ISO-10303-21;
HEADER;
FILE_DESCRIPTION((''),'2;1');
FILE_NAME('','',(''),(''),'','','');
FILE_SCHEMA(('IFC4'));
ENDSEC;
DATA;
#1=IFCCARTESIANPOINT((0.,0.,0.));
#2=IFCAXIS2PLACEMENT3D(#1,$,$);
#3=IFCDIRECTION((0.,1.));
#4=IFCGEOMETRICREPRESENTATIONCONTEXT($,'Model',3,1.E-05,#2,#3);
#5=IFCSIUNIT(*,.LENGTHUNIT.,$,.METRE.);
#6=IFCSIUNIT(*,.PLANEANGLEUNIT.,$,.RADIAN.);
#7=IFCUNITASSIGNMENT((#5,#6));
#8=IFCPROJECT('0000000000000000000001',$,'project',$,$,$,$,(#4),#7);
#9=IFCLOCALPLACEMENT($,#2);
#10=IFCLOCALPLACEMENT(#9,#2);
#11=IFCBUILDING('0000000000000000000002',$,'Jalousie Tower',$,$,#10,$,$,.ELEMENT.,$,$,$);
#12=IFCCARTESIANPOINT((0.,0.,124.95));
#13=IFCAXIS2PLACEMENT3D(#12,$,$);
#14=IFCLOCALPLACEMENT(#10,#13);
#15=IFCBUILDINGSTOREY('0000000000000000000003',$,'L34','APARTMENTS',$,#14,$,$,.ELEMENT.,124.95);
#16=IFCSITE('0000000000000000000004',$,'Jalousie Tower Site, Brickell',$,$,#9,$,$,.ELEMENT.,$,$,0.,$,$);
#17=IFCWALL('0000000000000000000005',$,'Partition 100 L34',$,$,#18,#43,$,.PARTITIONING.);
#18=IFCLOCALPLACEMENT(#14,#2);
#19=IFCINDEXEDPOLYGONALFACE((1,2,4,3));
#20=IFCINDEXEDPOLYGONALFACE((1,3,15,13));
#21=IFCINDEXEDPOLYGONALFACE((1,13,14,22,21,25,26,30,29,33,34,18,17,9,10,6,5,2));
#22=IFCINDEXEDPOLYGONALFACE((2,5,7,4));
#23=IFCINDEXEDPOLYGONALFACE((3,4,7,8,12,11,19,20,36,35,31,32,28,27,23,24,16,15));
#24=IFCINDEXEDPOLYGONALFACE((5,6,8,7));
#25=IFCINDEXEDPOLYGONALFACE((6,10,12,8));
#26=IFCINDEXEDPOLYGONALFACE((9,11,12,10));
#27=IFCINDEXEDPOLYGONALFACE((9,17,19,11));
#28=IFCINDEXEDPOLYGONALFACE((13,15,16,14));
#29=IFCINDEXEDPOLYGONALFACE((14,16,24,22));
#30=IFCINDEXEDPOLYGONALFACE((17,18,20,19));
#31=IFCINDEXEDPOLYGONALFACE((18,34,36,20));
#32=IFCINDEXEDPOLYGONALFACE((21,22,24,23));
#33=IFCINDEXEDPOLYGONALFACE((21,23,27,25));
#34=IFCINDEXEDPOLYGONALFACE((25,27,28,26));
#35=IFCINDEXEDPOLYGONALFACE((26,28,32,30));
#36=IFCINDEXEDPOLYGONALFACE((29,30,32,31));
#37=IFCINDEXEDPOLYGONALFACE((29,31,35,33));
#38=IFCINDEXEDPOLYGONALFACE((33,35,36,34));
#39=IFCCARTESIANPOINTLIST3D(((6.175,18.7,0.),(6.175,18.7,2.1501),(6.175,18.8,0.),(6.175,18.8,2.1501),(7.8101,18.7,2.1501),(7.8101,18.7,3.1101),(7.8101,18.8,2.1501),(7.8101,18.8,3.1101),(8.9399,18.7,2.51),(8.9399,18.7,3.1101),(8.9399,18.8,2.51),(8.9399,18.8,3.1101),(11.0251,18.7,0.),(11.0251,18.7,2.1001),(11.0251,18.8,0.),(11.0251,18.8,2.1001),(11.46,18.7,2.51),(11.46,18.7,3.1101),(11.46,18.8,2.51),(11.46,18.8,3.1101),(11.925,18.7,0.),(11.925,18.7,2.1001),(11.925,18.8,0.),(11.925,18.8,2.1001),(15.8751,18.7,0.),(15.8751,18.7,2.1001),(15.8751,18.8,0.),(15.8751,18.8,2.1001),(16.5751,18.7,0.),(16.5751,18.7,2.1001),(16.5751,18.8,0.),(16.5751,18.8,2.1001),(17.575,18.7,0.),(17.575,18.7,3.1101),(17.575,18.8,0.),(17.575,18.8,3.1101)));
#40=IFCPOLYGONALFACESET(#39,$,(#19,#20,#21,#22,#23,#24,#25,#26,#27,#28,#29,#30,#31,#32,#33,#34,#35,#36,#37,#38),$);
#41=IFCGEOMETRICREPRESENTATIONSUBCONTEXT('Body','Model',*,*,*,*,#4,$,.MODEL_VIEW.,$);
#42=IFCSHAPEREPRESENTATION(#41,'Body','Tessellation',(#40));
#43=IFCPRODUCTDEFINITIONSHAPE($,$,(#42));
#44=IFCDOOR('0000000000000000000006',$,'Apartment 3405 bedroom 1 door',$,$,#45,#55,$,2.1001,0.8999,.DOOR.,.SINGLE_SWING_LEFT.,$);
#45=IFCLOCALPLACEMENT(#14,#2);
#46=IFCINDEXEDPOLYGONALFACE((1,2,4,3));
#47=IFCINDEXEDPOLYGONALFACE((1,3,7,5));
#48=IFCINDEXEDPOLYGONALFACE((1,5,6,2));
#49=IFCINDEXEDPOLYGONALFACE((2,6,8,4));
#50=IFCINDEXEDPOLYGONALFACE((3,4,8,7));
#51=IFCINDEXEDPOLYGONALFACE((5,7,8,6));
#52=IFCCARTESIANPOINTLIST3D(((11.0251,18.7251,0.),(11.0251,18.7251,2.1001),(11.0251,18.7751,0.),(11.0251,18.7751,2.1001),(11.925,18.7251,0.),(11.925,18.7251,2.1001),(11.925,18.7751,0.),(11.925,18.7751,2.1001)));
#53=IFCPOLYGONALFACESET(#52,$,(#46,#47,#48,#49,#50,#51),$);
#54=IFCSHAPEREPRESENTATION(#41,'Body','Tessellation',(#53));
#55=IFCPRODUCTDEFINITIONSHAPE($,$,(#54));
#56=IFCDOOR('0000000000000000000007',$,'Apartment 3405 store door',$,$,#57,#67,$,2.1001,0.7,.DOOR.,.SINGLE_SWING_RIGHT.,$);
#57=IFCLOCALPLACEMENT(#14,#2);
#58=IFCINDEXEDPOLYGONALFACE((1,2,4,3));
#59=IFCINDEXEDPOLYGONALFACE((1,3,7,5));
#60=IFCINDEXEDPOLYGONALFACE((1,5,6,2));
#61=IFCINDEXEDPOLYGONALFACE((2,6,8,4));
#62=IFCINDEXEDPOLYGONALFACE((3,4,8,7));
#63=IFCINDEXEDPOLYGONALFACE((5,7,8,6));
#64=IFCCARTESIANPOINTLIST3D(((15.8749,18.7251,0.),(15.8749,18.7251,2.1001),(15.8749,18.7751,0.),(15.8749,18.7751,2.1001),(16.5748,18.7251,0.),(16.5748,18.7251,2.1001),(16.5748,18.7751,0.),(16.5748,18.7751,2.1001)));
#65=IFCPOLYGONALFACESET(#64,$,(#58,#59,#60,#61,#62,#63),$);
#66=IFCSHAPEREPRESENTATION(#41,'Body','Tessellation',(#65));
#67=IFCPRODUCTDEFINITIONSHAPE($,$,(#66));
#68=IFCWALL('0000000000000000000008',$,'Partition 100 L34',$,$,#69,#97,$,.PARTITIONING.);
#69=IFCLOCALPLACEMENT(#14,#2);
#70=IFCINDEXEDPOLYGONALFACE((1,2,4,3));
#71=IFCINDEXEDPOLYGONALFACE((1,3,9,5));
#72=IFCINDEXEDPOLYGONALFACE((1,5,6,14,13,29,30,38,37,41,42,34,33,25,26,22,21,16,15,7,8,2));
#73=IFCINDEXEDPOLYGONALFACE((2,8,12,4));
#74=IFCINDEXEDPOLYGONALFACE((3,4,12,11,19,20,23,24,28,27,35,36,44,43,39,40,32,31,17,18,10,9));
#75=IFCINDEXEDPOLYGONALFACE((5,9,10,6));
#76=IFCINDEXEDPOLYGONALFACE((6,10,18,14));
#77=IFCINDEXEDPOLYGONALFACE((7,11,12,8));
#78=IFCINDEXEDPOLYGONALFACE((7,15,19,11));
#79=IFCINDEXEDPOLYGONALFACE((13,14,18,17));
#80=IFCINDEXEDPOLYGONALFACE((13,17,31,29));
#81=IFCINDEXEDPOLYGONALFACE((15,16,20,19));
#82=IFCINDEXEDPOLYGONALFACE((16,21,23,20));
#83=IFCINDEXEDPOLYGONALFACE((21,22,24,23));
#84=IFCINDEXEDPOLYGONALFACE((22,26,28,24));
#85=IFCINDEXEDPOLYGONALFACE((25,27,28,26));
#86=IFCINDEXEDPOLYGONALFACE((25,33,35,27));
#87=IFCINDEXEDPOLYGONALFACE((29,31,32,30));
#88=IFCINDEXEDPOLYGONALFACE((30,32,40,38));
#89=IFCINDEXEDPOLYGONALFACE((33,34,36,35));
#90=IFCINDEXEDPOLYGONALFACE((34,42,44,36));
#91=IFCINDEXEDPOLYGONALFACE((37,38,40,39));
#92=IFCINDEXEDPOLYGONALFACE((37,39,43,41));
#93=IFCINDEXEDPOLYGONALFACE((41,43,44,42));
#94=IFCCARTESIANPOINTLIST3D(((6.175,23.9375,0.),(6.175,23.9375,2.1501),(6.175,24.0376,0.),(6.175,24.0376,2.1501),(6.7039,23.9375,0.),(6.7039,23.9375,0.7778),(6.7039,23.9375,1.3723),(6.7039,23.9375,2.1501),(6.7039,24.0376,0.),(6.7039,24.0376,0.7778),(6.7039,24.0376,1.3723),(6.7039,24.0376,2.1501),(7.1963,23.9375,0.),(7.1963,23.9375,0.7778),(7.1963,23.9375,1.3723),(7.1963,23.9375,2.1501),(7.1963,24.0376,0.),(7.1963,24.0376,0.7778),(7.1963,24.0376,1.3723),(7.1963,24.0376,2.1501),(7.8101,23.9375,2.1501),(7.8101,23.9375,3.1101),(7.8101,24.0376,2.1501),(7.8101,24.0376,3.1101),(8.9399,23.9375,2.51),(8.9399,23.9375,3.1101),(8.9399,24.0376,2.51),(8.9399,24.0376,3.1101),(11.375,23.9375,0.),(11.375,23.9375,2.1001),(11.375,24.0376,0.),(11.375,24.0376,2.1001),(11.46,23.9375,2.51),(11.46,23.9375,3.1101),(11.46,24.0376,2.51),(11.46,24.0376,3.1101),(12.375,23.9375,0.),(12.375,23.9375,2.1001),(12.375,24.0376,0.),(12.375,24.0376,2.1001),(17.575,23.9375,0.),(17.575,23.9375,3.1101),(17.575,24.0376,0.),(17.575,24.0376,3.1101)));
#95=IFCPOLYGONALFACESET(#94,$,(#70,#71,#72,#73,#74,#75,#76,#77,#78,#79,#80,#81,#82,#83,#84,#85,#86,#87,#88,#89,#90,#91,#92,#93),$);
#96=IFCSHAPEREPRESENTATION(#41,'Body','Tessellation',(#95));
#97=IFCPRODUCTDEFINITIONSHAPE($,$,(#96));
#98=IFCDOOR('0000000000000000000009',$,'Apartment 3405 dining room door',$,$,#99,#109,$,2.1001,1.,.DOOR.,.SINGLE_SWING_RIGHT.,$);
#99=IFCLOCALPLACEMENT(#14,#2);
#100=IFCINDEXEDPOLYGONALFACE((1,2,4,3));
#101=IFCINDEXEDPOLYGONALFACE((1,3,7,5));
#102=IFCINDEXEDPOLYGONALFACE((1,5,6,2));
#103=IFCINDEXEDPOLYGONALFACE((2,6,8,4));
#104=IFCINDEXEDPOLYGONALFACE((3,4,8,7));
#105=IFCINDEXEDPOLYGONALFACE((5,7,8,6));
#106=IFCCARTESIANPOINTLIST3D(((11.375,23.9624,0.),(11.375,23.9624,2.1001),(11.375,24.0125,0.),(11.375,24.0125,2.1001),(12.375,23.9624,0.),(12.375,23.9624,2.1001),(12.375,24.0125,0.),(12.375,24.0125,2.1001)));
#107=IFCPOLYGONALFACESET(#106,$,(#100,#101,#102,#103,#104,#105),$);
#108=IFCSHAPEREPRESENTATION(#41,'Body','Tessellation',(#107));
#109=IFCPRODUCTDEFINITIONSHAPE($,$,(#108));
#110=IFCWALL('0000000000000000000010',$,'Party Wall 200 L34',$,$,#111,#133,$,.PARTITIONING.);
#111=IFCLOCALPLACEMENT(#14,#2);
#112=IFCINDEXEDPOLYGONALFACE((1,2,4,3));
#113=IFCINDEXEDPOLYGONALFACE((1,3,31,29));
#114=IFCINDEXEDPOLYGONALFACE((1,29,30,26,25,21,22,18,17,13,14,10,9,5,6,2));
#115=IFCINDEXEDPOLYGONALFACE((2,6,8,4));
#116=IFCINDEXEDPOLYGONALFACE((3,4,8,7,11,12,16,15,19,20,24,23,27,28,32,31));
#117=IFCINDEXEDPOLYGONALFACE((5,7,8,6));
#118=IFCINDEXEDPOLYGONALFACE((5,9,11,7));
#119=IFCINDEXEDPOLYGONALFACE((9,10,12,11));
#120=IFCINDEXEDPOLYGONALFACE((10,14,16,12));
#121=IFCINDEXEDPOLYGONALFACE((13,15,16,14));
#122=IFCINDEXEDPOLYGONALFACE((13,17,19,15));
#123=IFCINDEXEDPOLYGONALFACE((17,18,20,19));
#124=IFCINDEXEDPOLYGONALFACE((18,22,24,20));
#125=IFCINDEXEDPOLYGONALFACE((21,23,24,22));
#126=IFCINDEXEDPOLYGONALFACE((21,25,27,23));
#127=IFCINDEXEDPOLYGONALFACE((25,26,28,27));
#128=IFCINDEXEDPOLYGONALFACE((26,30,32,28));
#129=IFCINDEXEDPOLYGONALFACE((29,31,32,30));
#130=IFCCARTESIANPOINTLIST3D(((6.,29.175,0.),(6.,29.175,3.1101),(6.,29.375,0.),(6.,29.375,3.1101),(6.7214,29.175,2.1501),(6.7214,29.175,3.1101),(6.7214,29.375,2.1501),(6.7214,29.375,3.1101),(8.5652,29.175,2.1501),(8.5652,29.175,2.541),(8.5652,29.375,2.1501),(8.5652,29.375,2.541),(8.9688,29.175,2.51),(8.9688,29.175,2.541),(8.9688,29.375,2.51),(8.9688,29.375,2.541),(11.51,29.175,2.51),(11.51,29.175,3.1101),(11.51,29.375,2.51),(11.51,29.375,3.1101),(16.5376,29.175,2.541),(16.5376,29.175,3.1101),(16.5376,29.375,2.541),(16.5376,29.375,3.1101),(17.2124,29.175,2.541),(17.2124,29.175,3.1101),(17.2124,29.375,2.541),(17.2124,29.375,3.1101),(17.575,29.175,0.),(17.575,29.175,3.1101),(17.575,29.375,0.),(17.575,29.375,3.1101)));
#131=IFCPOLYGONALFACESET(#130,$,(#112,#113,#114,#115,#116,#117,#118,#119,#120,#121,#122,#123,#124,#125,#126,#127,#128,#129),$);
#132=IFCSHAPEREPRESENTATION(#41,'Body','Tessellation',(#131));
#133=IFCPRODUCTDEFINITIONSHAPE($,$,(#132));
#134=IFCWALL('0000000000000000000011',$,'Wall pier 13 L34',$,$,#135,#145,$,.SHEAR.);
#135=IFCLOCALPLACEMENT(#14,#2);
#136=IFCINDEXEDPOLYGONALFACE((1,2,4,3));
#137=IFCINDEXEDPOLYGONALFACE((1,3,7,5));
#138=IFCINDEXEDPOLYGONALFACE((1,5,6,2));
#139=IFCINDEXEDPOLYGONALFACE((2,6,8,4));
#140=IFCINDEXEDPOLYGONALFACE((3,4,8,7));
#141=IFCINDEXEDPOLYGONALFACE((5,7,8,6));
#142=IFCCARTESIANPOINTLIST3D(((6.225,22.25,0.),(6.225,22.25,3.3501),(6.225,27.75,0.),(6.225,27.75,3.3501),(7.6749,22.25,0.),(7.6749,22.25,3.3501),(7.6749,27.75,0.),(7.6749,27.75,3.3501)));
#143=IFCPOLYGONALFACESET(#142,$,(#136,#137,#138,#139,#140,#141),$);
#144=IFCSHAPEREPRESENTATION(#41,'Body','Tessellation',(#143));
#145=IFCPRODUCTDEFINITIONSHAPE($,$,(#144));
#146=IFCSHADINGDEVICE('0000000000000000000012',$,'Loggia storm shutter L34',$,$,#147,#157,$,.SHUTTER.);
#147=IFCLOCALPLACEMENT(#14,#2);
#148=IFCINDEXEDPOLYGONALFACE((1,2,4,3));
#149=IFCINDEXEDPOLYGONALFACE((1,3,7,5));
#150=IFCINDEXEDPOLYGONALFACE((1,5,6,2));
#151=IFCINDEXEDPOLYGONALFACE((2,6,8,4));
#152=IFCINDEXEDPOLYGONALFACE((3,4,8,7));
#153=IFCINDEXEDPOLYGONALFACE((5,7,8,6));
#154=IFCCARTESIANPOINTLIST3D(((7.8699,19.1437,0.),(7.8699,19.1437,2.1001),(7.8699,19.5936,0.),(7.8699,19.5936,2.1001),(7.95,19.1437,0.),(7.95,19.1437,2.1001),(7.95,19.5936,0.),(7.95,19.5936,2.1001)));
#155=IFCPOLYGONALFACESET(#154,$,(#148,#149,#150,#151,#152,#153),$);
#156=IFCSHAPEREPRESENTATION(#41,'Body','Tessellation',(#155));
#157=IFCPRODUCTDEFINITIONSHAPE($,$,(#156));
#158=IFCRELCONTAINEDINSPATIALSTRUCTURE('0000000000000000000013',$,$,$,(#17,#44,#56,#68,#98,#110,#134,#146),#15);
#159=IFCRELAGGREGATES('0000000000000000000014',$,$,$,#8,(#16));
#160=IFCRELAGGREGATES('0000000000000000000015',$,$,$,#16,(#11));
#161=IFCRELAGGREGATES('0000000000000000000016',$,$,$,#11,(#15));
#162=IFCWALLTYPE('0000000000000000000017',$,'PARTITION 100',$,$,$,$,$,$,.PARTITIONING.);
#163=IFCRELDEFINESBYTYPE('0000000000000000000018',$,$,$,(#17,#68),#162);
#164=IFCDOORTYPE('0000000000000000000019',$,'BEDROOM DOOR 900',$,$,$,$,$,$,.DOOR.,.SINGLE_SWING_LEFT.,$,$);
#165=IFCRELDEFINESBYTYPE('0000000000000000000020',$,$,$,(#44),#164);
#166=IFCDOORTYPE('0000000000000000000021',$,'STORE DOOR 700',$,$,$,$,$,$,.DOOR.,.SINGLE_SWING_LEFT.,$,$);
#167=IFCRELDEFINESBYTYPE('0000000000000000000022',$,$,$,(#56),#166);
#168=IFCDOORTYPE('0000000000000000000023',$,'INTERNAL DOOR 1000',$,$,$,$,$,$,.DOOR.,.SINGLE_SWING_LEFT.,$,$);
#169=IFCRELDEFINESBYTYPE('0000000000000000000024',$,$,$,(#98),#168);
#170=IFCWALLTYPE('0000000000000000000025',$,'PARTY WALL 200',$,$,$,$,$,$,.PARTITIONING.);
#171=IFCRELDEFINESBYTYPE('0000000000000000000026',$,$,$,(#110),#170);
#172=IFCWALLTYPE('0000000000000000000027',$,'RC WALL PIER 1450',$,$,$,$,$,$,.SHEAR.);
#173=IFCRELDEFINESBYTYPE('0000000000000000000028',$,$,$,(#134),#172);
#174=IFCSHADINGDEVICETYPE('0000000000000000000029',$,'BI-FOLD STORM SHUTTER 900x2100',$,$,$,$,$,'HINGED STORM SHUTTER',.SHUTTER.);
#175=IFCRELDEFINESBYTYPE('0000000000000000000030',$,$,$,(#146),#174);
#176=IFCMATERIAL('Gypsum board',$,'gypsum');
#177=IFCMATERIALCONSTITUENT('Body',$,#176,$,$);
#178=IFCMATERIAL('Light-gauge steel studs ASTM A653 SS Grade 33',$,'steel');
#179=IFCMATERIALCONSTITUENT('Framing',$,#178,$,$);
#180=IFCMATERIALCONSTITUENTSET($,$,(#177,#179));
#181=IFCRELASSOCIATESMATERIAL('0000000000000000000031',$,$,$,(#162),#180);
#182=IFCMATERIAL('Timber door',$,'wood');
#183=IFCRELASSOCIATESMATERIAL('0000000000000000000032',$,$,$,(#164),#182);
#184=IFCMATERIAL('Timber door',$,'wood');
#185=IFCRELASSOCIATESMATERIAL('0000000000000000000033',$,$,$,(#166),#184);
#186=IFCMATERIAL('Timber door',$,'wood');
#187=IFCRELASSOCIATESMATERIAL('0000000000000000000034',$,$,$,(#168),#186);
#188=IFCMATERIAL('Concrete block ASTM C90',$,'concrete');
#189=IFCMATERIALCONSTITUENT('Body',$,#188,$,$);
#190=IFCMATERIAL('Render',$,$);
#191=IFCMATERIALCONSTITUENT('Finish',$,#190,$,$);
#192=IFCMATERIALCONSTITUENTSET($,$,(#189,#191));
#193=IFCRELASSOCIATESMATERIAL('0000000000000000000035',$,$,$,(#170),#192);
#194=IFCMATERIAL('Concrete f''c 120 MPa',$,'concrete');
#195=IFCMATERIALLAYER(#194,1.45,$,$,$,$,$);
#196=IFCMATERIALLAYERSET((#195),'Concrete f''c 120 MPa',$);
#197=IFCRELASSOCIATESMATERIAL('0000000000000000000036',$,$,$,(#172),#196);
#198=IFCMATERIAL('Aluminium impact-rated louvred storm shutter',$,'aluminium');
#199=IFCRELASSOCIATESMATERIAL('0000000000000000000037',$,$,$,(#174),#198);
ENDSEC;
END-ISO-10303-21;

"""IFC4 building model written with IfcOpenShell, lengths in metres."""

from ifc_helpers import new_model, si_unit, direction, frame, frame_2d, origin, origin_2d, place, context, subcontext, project, spatial, polyline, rectangle, outline, extrude, material, layer, layer_set, constituent, constituent_set, type_object, element, fill, save


model = new_model("IFC4")

# Units and contexts
model_context = context("Model", 3, precision=1e-05, world=origin(), true_north=direction((0.0, 1.0)))
body_context = subcontext(model_context, "Body", "Model", "MODEL_VIEW")
ifc_project = project(units=[si_unit("LENGTHUNIT", "METRE"), si_unit("PLANEANGLEUNIT", "RADIAN")], contexts=[model_context])

# Site, building, storey
site_placement = place(None, origin())
site = spatial("IfcSite", under=ifc_project, at=site_placement, Name="Jalousie Tower Site, Brickell", CompositionType="ELEMENT", RefElevation=0.0)
building_placement = place(site_placement, origin())
building = spatial("IfcBuilding", under=site, at=building_placement, Name="Jalousie Tower", CompositionType="ELEMENT")
storey_placement = place(building_placement, frame((0.0, 0.0, 124.95)))
storey = spatial("IfcBuildingStorey", under=building, at=storey_placement, Name="L34", Description="APARTMENTS", CompositionType="ELEMENT", Elevation=124.95)

# Wall, openings, doors
ifc_material_1 = material(Name="Gypsum board", Category="gypsum")
ifc_constituent_1 = constituent(ifc_material_1, Name="Body")
ifc_material_2 = material(Name="Light-gauge steel studs ASTM A653 SS Grade 33", Category="steel")
ifc_constituent_2 = constituent(ifc_material_2, Name="Framing")
ifc_constituent_set_1 = constituent_set(constituents=[ifc_constituent_1, ifc_constituent_2])
wall_type_1 = type_object("IfcWallType", Name="PARTITION 100", PredefinedType="PARTITIONING", material=ifc_constituent_set_1)
wall_1_placement = place(storey_placement, frame((6.175, 18.75, 0.0), z_axis=(0.0, 0.0, 1.0), x_axis=(1.0, 0.0, 0.0)))
wall_1 = element("IfcWall", 1, at=wall_1_placement, inside=storey, type_object=wall_type_1, Name="Partition 100 L34", PredefinedType="PARTITIONING", context=body_context, shape_type="SweptSolid", body=[
    extrude(outline(polyline([(0.0, 0.0), (11.3999, 0.0), (11.3999, 3.1101), (5.2849, 3.1101), (5.2849, 2.51), (2.7649, 2.51), (2.7649, 3.1101), (1.635, 3.1101), (1.635, 2.1501), (0.0, 2.1501), (0.0, 3.1101), (0.0, 0.0)])), frame((0.0, 0.05, 0.0), z_axis=(0.0, -1.0, 0.0), x_axis=(1.0, 0.0, 0.0)), (0.0, 0.0, 1.0), 0.1001),
])
opening_1_placement = place(wall_1_placement, frame((4.8501, 0.0, 0.0)))
opening_1 = element("IfcOpeningElement", 2, at=opening_1_placement, cuts=wall_1, PredefinedType="OPENING", context=body_context, shape_type="SweptSolid", body=[
    extrude(rectangle(XDim=0.8999, YDim=2.1001, at=frame_2d((0.45, 1.05))), frame((0.0, 0.0601, 0.0), z_axis=(0.0, -1.0, 0.0), x_axis=(1.0, 0.0, 0.0)), (0.0, 0.0, 1.0), 0.1201),
])
opening_2_placement = place(wall_1_placement, frame((9.7, 0.0, 0.0)))
opening_2 = element("IfcOpeningElement", 3, at=opening_2_placement, cuts=wall_1, PredefinedType="OPENING", context=body_context, shape_type="SweptSolid", body=[
    extrude(rectangle(XDim=0.7, YDim=2.1001, at=frame_2d((0.3501, 1.05))), frame((0.0, 0.0601, 0.0), z_axis=(0.0, -1.0, 0.0), x_axis=(1.0, 0.0, 0.0)), (0.0, 0.0, 1.0), 0.1201),
])
ifc_material_3 = material(Name="Timber door", Category="wood")
door_type_1 = type_object("IfcDoorType", Name="BEDROOM DOOR 900", OperationType="SINGLE_SWING_LEFT", PredefinedType="DOOR", material=ifc_material_3)
door_1_placement = place(opening_1_placement, frame((0.8999, 0.0, 0.0), z_axis=(0.0, 0.0, 1.0), x_axis=(-1.0, 0.0, 0.0)))
door_1 = element("IfcDoor", 4, at=door_1_placement, inside=storey, type_object=door_type_1, Name="Apartment 3405 bedroom 1 door", OperationType="SINGLE_SWING_LEFT", OverallHeight=2.1001, OverallWidth=0.8999, PredefinedType="DOOR", context=body_context, shape_type="SweptSolid", body=[
    extrude(rectangle(XDim=0.8999, YDim=2.1001, at=frame_2d((0.45, 1.05))), frame((0.0, 0.0249, 0.0), z_axis=(0.0, -1.0, 0.0), x_axis=(1.0, 0.0, 0.0)), (0.0, 0.0, 1.0), 0.05),
])
fill(opening_1, door_1)
ifc_material_4 = material(Name="Timber door", Category="wood")
door_type_2 = type_object("IfcDoorType", Name="STORE DOOR 700", OperationType="SINGLE_SWING_LEFT", PredefinedType="DOOR", material=ifc_material_4)
door_2_placement = place(opening_2_placement, frame((0.7, 0.0, 0.0), z_axis=(0.0, 0.0, 1.0), x_axis=(-1.0, 0.0, 0.0)))
door_2 = element("IfcDoor", 5, at=door_2_placement, inside=storey, type_object=door_type_2, Name="Apartment 3405 store door", OperationType="SINGLE_SWING_RIGHT", OverallHeight=2.1001, OverallWidth=0.7, PredefinedType="DOOR", context=body_context, shape_type="SweptSolid", body=[
    extrude(rectangle(XDim=0.7, YDim=2.1001, at=frame_2d((0.3501, 1.05))), frame((0.0, 0.0249, 0.0), z_axis=(0.0, -1.0, 0.0), x_axis=(1.0, 0.0, 0.0)), (0.0, 0.0, 1.0), 0.05),
])
fill(opening_2, door_2)

# Wall, opening, door
wall_2_placement = place(storey_placement, frame((6.175, 23.9875, 0.0), z_axis=(0.0, 0.0, 1.0), x_axis=(1.0, 0.0, 0.0)))
wall_2 = element("IfcWall", 6, at=wall_2_placement, inside=storey, type_object=wall_type_1, Name="Partition 100 L34", PredefinedType="PARTITIONING", context=body_context, shape_type="SweptSolid", body=[
    extrude(outline(polyline([(0.5288, 2.1501), (0.0, 2.1501), (0.0, 0.0), (0.5288, 0.0), (0.5288, 0.7778), (1.0212, 0.7778), (1.0212, 0.0), (11.3999, 0.0), (11.3999, 3.1101), (5.2849, 3.1101), (5.2849, 2.51), (2.7649, 2.51), (2.7649, 3.1101), (1.635, 3.1101), (1.635, 2.1501), (1.0212, 2.1501), (1.0212, 1.3723), (0.5288, 1.3723), (0.5288, 2.1501)])), frame((0.0, 0.05, 0.0), z_axis=(0.0, -1.0, 0.0), x_axis=(1.0, 0.0, 0.0)), (0.0, 0.0, 1.0), 0.1001),
])
opening_3_placement = place(wall_2_placement, frame((5.2, 0.0, 0.0)))
opening_3 = element("IfcOpeningElement", 7, at=opening_3_placement, cuts=wall_2, PredefinedType="OPENING", context=body_context, shape_type="SweptSolid", body=[
    extrude(rectangle(XDim=1.0, YDim=2.1001, at=frame_2d((0.5, 1.05))), frame((0.0, 0.0601, 0.0), z_axis=(0.0, -1.0, 0.0), x_axis=(1.0, 0.0, 0.0)), (0.0, 0.0, 1.0), 0.1201),
])
ifc_material_5 = material(Name="Timber door", Category="wood")
door_type_3 = type_object("IfcDoorType", Name="INTERNAL DOOR 1000", OperationType="SINGLE_SWING_LEFT", PredefinedType="DOOR", material=ifc_material_5)
door_3_placement = place(opening_3_placement, origin())
door_3 = element("IfcDoor", 8, at=door_3_placement, inside=storey, type_object=door_type_3, Name="Apartment 3405 dining room door", OperationType="SINGLE_SWING_RIGHT", OverallHeight=2.1001, OverallWidth=1.0, PredefinedType="DOOR", context=body_context, shape_type="SweptSolid", body=[
    extrude(rectangle(XDim=1.0, YDim=2.1001, at=frame_2d((0.5, 1.05))), frame((0.0, 0.0249, 0.0), z_axis=(0.0, -1.0, 0.0), x_axis=(1.0, 0.0, 0.0)), (0.0, 0.0, 1.0), 0.05),
])
fill(opening_3, door_3)

# Walls
ifc_material_6 = material(Name="Concrete block ASTM C90", Category="concrete")
ifc_constituent_3 = constituent(ifc_material_6, Name="Body")
ifc_material_7 = material(Name="Render")
ifc_constituent_4 = constituent(ifc_material_7, Name="Finish")
ifc_constituent_set_2 = constituent_set(constituents=[ifc_constituent_3, ifc_constituent_4])
wall_type_2 = type_object("IfcWallType", Name="PARTY WALL 200", PredefinedType="PARTITIONING", material=ifc_constituent_set_2)
wall_3_placement = place(storey_placement, frame((6.0, 29.2749, 0.0), z_axis=(0.0, 0.0, 1.0), x_axis=(1.0, 0.0, 0.0)))
element("IfcWall", 9, at=wall_3_placement, inside=storey, type_object=wall_type_2, Name="Party Wall 200 L34", PredefinedType="PARTITIONING", context=body_context, shape_type="SweptSolid", body=[
    extrude(outline(polyline([(0.0, 0.0), (11.575, 0.0), (11.575, 3.1101), (11.2124, 3.1101), (11.2124, 2.541), (10.5376, 2.541), (10.5376, 3.1101), (5.51, 3.1101), (5.51, 2.51), (2.9688, 2.51), (2.9688, 2.541), (2.5652, 2.541), (2.5652, 2.1501), (0.7214, 2.1501), (0.7214, 3.1101), (0.0, 3.1101), (0.0, 0.0)])), frame((0.0, 0.1001, 0.0), z_axis=(0.0, -1.0, 0.0), x_axis=(1.0, 0.0, 0.0)), (0.0, 0.0, 1.0), 0.2),
])
ifc_material_8 = material(Name="Concrete f'c 120 MPa", Category="concrete")
ifc_layer_1 = layer(ifc_material_8, 1.45)
ifc_layer_set_1 = layer_set([ifc_layer_1], Name="Concrete f'c 120 MPa")
wall_type_3 = type_object("IfcWallType", Name="RC WALL PIER 1450", PredefinedType="SHEAR", material=ifc_layer_set_1)
wall_4_placement = place(storey_placement, frame((6.95, 22.25, 0.0), z_axis=(0.0, 0.0, 1.0), x_axis=(0.0, 1.0, 0.0)))
element("IfcWall", 10, at=wall_4_placement, inside=storey, type_object=wall_type_3, Name="Wall pier 13 L34", PredefinedType="SHEAR", context=body_context, shape_type="SweptSolid", body=[
    extrude(rectangle(XDim=5.5, YDim=1.45, at=frame_2d((2.75, 0.0))), origin(), (0.0, 0.0, 1.0), 3.3501),
])

# Shading device
ifc_material_9 = material(Name="Aluminium impact-rated louvred storm shutter", Category="aluminium")
shading_device_type_1 = type_object("IfcShadingDeviceType", Name="BI-FOLD STORM SHUTTER 900x2100", ElementType="HINGED STORM SHUTTER", PredefinedType="SHUTTER", material=ifc_material_9)
shading_device_1_placement = place(storey_placement, frame((7.9099, 19.3687, 0.0), z_axis=(0.0, 0.0, 1.0), x_axis=(0.0, -1.0, 0.0)))
element("IfcShadingDevice", 11, at=shading_device_1_placement, inside=storey, type_object=shading_device_type_1, Name="Loggia storm shutter L34", PredefinedType="SHUTTER", context=body_context, shape_type="SweptSolid", body=[
    extrude(rectangle(XDim=0.45, YDim=0.0801, at=origin_2d()), origin(), (0.0, 0.0, 1.0), 2.1001),
])

save(model, "model.ifc")
